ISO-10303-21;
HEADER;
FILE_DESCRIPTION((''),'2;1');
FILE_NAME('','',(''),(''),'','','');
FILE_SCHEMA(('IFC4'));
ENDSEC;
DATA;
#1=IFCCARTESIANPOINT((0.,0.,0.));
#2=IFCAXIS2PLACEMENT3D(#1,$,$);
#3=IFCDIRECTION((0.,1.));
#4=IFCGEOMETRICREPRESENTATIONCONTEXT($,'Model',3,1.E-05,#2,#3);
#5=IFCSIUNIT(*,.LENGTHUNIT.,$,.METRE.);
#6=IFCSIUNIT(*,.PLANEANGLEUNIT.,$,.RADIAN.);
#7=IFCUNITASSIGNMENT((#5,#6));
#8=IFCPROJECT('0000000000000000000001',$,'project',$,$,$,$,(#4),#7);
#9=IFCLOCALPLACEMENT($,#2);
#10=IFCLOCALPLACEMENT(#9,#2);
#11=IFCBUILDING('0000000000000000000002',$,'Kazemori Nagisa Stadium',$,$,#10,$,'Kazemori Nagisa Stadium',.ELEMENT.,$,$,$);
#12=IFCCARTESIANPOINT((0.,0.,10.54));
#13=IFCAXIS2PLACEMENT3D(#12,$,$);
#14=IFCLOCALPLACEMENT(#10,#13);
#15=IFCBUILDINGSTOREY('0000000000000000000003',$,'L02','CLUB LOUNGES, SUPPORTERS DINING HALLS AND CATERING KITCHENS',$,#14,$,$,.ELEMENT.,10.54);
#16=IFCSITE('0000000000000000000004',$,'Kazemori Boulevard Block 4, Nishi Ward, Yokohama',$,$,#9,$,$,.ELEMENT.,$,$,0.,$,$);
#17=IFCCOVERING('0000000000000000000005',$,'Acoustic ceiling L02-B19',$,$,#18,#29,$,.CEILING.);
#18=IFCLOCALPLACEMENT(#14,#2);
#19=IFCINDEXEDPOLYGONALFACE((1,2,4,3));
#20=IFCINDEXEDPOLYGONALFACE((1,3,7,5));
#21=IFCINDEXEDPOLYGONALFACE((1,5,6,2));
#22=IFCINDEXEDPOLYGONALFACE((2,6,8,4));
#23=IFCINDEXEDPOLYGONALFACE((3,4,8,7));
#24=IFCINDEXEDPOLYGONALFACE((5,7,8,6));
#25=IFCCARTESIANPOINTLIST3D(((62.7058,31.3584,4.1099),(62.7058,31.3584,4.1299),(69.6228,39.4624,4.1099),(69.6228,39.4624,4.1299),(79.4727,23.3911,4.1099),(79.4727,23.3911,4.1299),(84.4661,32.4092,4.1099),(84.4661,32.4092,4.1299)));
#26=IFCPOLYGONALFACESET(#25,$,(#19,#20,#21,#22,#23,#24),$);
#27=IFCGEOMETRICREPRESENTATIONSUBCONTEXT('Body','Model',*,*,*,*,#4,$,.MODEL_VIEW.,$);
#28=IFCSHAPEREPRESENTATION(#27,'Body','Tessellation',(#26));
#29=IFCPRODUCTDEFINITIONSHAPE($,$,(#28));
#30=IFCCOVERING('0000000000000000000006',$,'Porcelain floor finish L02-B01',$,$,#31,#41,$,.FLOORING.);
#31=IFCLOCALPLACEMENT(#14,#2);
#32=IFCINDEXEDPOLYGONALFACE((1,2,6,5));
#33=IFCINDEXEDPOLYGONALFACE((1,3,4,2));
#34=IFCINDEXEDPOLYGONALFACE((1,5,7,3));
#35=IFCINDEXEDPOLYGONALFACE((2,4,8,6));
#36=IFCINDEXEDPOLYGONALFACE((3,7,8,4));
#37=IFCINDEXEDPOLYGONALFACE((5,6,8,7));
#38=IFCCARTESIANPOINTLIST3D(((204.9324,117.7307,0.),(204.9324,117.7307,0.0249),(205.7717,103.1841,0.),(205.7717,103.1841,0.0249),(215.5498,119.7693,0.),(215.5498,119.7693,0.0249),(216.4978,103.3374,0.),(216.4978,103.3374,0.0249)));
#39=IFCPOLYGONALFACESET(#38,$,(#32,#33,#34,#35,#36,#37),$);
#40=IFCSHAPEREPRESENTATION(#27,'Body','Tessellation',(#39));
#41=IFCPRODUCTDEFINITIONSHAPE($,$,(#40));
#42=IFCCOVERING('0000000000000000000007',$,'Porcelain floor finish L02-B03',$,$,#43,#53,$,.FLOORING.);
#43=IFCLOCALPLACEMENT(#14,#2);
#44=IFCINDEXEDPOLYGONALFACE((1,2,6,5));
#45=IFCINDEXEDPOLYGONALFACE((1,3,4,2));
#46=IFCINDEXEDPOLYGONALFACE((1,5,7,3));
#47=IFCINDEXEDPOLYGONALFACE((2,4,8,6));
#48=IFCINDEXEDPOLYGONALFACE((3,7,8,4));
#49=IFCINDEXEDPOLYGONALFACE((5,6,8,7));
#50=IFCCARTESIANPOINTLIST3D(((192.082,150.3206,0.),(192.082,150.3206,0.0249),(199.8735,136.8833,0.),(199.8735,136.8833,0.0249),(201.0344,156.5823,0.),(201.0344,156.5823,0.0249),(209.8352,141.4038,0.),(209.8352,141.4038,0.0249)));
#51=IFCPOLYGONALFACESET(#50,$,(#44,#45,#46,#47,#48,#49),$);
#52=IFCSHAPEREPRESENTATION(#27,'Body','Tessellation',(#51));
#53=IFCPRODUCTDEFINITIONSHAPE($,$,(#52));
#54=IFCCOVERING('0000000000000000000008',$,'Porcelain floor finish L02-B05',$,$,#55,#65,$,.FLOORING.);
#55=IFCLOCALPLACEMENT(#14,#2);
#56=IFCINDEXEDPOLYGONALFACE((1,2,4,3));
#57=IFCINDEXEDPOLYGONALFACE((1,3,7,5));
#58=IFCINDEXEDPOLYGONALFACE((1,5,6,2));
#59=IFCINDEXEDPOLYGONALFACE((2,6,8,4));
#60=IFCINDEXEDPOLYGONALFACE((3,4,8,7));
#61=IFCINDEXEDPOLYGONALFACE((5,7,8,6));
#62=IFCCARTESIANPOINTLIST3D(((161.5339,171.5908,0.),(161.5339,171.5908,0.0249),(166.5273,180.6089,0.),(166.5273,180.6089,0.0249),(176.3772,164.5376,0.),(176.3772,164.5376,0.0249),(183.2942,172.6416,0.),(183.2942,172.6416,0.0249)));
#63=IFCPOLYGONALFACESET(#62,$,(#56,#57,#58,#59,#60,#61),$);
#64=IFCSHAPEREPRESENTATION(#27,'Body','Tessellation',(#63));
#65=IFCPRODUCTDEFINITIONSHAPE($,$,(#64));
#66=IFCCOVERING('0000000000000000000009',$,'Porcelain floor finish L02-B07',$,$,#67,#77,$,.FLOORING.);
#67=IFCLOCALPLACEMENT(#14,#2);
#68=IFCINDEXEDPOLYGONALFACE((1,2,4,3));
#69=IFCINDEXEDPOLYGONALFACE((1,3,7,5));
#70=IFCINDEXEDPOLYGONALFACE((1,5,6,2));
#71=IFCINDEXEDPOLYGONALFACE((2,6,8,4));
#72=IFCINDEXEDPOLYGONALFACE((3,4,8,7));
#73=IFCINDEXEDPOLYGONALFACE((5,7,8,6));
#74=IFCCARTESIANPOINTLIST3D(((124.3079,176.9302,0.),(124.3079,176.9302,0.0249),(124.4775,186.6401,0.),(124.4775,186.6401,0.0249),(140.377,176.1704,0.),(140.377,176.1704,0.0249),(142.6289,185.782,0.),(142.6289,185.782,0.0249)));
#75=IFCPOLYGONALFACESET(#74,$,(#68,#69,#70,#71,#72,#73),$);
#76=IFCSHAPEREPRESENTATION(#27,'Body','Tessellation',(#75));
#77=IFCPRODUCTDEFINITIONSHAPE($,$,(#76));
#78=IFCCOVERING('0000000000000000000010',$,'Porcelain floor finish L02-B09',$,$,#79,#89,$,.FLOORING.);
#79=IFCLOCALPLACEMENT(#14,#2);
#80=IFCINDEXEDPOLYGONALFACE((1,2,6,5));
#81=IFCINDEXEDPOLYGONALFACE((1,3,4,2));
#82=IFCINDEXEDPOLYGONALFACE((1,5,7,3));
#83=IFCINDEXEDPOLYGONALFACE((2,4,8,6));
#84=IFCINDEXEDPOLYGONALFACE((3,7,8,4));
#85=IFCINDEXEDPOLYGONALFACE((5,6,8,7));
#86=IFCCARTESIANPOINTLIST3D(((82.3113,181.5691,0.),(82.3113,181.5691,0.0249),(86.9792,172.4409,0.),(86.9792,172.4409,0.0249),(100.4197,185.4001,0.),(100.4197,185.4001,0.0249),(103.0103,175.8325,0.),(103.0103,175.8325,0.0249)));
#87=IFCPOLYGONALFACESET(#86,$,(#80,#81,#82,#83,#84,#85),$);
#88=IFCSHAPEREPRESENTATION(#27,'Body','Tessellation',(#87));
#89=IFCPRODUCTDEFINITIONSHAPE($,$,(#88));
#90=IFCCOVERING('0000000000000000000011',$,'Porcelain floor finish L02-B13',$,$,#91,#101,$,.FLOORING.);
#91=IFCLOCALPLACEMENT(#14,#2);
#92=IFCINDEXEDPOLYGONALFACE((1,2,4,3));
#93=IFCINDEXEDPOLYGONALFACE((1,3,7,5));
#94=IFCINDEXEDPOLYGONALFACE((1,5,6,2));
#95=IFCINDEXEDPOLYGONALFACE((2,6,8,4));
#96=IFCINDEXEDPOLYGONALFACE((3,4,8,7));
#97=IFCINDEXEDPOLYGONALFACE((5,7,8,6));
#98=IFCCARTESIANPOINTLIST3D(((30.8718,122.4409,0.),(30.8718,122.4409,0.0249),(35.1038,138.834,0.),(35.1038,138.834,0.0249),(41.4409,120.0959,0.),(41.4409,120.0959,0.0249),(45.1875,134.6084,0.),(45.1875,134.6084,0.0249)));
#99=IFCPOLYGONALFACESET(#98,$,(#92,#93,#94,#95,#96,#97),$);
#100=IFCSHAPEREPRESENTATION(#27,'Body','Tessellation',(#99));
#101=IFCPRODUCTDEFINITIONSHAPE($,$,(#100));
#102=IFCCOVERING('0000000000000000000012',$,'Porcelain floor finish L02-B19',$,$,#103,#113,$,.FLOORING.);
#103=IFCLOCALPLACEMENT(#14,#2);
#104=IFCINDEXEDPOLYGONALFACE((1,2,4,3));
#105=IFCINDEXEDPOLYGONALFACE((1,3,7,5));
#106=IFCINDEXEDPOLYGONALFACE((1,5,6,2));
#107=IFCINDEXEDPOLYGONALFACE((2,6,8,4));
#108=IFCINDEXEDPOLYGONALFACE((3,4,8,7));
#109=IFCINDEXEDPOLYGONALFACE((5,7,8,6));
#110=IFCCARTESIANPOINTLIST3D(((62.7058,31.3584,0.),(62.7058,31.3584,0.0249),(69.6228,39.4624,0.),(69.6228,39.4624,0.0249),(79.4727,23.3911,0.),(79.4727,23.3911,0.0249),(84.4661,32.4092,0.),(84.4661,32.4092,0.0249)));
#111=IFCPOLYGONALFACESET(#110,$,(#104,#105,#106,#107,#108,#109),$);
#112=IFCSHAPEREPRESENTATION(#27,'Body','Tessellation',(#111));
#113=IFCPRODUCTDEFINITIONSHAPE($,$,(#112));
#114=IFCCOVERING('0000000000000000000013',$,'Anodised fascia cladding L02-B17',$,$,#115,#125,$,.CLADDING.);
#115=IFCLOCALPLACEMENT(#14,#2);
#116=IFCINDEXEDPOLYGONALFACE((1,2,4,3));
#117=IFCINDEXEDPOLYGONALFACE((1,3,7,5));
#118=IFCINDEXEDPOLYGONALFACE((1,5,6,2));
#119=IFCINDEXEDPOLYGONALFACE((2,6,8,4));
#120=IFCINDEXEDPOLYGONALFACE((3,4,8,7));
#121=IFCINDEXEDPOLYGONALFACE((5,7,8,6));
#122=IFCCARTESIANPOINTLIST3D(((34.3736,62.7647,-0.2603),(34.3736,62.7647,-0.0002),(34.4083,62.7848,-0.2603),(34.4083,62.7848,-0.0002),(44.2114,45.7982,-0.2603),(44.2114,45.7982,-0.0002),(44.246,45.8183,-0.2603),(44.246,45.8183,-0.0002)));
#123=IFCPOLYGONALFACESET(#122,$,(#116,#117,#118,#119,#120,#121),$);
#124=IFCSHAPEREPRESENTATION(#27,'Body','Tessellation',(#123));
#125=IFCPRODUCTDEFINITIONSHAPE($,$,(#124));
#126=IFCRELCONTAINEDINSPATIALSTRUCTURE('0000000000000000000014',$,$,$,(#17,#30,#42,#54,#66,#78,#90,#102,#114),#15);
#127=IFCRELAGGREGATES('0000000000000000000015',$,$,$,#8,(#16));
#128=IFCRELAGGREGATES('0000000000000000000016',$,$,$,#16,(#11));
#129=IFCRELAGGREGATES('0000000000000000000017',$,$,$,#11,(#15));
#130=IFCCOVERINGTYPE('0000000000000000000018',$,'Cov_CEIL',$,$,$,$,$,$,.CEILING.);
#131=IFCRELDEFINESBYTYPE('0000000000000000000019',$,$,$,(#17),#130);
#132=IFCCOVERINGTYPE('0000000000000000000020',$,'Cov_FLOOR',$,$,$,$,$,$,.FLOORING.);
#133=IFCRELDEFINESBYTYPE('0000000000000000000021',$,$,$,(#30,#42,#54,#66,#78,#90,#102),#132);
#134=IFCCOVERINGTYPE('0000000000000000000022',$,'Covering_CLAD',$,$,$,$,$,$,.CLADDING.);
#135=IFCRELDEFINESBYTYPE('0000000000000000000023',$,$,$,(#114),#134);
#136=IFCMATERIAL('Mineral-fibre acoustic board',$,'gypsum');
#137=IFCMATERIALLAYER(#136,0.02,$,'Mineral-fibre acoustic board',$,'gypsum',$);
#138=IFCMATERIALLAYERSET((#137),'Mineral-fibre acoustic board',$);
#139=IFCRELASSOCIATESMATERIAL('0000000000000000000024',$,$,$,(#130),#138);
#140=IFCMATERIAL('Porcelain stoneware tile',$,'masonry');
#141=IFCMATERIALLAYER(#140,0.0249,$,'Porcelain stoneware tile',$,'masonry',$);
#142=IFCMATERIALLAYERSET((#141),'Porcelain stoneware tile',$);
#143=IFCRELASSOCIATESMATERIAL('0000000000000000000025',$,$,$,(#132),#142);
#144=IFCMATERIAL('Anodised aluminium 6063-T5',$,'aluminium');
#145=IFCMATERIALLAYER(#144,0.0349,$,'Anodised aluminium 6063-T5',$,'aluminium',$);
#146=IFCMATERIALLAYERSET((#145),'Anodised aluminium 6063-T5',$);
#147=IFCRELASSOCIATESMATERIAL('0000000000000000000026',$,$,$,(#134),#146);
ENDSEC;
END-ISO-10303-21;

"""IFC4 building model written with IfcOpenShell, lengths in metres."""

from ifc_helpers import new_model, si_unit, direction, frame, origin, origin_2d, place, context, subcontext, project, spatial, polyline, rectangle, outline, extrude, material, layer, layer_set, type_object, element, save


model = new_model("IFC4")

# Units and contexts
model_context = context("Model", 3, precision=1e-05, world=origin(), true_north=direction((0.0, 1.0)))
body_context = subcontext(model_context, "Body", "Model", "MODEL_VIEW")
ifc_project = project(units=[si_unit("LENGTHUNIT", "METRE"), si_unit("PLANEANGLEUNIT", "RADIAN")], contexts=[model_context])

# Site, building, storey
site_placement = place(None, origin())
site = spatial("IfcSite", under=ifc_project, at=site_placement, Name="Kazemori Boulevard Block 4, Nishi Ward, Yokohama", CompositionType="ELEMENT", RefElevation=0.0)
building_placement = place(site_placement, origin())
building = spatial("IfcBuilding", under=site, at=building_placement, Name="Kazemori Nagisa Stadium", LongName="Kazemori Nagisa Stadium", CompositionType="ELEMENT")
storey_placement = place(building_placement, frame((0.0, 0.0, 10.54)))
storey = spatial("IfcBuildingStorey", under=building, at=storey_placement, Name="L02", Description="CLUB LOUNGES, SUPPORTERS DINING HALLS AND CATERING KITCHENS", CompositionType="ELEMENT", Elevation=10.54)

# Shared definitions
ifc_material_1 = material(Name="Anodised aluminium 6063-T5", Category="aluminium")

# Coverings
ifc_material_2 = material(Name="Mineral-fibre acoustic board", Category="gypsum")
ifc_layer_1 = layer(ifc_material_2, 0.02, Name="Mineral-fibre acoustic board", Category="gypsum")
ifc_layer_set_1 = layer_set([ifc_layer_1], Name="Mineral-fibre acoustic board")
covering_type_1 = type_object("IfcCoveringType", Name="Cov_CEIL", PredefinedType="CEILING", material=ifc_layer_set_1)
covering_1_placement = place(storey_placement, frame((0.0, 0.0, 4.1099)))
element("IfcCovering", 1, at=covering_1_placement, inside=storey, type_object=covering_type_1, Name="Acoustic ceiling L02-B19", PredefinedType="CEILING", context=body_context, shape_type="SweptSolid", body=[
    extrude(outline(polyline([(69.6228, 39.4624), (84.4661, 32.4092), (79.4727, 23.3911), (62.7058, 31.3584), (69.6228, 39.4624)])), origin(), (0.0, 0.0, 1.0), 0.02),
])
ifc_material_3 = material(Name="Porcelain stoneware tile", Category="masonry")
ifc_layer_2 = layer(ifc_material_3, 0.0249, Name="Porcelain stoneware tile", Category="masonry")
ifc_layer_set_2 = layer_set([ifc_layer_2], Name="Porcelain stoneware tile")
covering_type_2 = type_object("IfcCoveringType", Name="Cov_FLOOR", PredefinedType="FLOORING", material=ifc_layer_set_2)
covering_2_placement = place(storey_placement, origin())
element("IfcCovering", 2, at=covering_2_placement, inside=storey, type_object=covering_type_2, Name="Porcelain floor finish L02-B01", PredefinedType="FLOORING", context=body_context, shape_type="SweptSolid", body=[
    extrude(outline(polyline([(205.7717, 103.1841), (204.9324, 117.7307), (215.5498, 119.7693), (216.4978, 103.3374), (205.7717, 103.1841)])), origin(), (0.0, 0.0, 1.0), 0.0249),
])
covering_3_placement = place(storey_placement, origin())
element("IfcCovering", 3, at=covering_3_placement, inside=storey, type_object=covering_type_2, Name="Porcelain floor finish L02-B03", PredefinedType="FLOORING", context=body_context, shape_type="SweptSolid", body=[
    extrude(outline(polyline([(199.8735, 136.8833), (192.082, 150.3206), (201.0344, 156.5823), (209.8352, 141.4038), (199.8735, 136.8833)])), origin(), (0.0, 0.0, 1.0), 0.0249),
])
covering_4_placement = place(storey_placement, origin())
element("IfcCovering", 4, at=covering_4_placement, inside=storey, type_object=covering_type_2, Name="Porcelain floor finish L02-B05", PredefinedType="FLOORING", context=body_context, shape_type="SweptSolid", body=[
    extrude(outline(polyline([(176.3772, 164.5376), (161.5339, 171.5908), (166.5273, 180.6089), (183.2942, 172.6416), (176.3772, 164.5376)])), origin(), (0.0, 0.0, 1.0), 0.0249),
])
covering_5_placement = place(storey_placement, origin())
element("IfcCovering", 5, at=covering_5_placement, inside=storey, type_object=covering_type_2, Name="Porcelain floor finish L02-B07", PredefinedType="FLOORING", context=body_context, shape_type="SweptSolid", body=[
    extrude(outline(polyline([(140.377, 176.1704), (124.3079, 176.9302), (124.4775, 186.6401), (142.6289, 185.782), (140.377, 176.1704)])), origin(), (0.0, 0.0, 1.0), 0.0249),
])
covering_6_placement = place(storey_placement, origin())
element("IfcCovering", 6, at=covering_6_placement, inside=storey, type_object=covering_type_2, Name="Porcelain floor finish L02-B09", PredefinedType="FLOORING", context=body_context, shape_type="SweptSolid", body=[
    extrude(outline(polyline([(103.0103, 175.8325), (86.9792, 172.4409), (82.3113, 181.5691), (100.4197, 185.4001), (103.0103, 175.8325)])), origin(), (0.0, 0.0, 1.0), 0.0249),
])
covering_7_placement = place(storey_placement, origin())
element("IfcCovering", 7, at=covering_7_placement, inside=storey, type_object=covering_type_2, Name="Porcelain floor finish L02-B13", PredefinedType="FLOORING", context=body_context, shape_type="SweptSolid", body=[
    extrude(outline(polyline([(45.1875, 134.6084), (41.4409, 120.0959), (30.8718, 122.4409), (35.1038, 138.834), (45.1875, 134.6084)])), origin(), (0.0, 0.0, 1.0), 0.0249),
])
covering_8_placement = place(storey_placement, origin())
element("IfcCovering", 8, at=covering_8_placement, inside=storey, type_object=covering_type_2, Name="Porcelain floor finish L02-B19", PredefinedType="FLOORING", context=body_context, shape_type="SweptSolid", body=[
    extrude(outline(polyline([(69.6228, 39.4624), (84.4661, 32.4092), (79.4727, 23.3911), (62.7058, 31.3584), (69.6228, 39.4624)])), origin(), (0.0, 0.0, 1.0), 0.0249),
])
ifc_layer_3 = layer(ifc_material_1, 0.0349, Name="Anodised aluminium 6063-T5", Category="aluminium")
ifc_layer_set_3 = layer_set([ifc_layer_3], Name="Anodised aluminium 6063-T5")
covering_type_3 = type_object("IfcCoveringType", Name="Covering_CLAD", PredefinedType="CLADDING", material=ifc_layer_set_3)
covering_9_placement = place(storey_placement, frame((39.3098, 54.2915, -0.2603), z_axis=(0.0, 0.0, 1.0), x_axis=(0.501612, -0.865093, 0.0)))
element("IfcCovering", 9, at=covering_9_placement, inside=storey, type_object=covering_type_3, Name="Anodised fascia cladding L02-B17", PredefinedType="CLADDING", context=body_context, shape_type="SweptSolid", body=[
    extrude(rectangle(XDim=19.6123, YDim=0.04, at=origin_2d()), origin(), (0.0, 0.0, 1.0), 0.26),
])

save(model, "model.ifc")
